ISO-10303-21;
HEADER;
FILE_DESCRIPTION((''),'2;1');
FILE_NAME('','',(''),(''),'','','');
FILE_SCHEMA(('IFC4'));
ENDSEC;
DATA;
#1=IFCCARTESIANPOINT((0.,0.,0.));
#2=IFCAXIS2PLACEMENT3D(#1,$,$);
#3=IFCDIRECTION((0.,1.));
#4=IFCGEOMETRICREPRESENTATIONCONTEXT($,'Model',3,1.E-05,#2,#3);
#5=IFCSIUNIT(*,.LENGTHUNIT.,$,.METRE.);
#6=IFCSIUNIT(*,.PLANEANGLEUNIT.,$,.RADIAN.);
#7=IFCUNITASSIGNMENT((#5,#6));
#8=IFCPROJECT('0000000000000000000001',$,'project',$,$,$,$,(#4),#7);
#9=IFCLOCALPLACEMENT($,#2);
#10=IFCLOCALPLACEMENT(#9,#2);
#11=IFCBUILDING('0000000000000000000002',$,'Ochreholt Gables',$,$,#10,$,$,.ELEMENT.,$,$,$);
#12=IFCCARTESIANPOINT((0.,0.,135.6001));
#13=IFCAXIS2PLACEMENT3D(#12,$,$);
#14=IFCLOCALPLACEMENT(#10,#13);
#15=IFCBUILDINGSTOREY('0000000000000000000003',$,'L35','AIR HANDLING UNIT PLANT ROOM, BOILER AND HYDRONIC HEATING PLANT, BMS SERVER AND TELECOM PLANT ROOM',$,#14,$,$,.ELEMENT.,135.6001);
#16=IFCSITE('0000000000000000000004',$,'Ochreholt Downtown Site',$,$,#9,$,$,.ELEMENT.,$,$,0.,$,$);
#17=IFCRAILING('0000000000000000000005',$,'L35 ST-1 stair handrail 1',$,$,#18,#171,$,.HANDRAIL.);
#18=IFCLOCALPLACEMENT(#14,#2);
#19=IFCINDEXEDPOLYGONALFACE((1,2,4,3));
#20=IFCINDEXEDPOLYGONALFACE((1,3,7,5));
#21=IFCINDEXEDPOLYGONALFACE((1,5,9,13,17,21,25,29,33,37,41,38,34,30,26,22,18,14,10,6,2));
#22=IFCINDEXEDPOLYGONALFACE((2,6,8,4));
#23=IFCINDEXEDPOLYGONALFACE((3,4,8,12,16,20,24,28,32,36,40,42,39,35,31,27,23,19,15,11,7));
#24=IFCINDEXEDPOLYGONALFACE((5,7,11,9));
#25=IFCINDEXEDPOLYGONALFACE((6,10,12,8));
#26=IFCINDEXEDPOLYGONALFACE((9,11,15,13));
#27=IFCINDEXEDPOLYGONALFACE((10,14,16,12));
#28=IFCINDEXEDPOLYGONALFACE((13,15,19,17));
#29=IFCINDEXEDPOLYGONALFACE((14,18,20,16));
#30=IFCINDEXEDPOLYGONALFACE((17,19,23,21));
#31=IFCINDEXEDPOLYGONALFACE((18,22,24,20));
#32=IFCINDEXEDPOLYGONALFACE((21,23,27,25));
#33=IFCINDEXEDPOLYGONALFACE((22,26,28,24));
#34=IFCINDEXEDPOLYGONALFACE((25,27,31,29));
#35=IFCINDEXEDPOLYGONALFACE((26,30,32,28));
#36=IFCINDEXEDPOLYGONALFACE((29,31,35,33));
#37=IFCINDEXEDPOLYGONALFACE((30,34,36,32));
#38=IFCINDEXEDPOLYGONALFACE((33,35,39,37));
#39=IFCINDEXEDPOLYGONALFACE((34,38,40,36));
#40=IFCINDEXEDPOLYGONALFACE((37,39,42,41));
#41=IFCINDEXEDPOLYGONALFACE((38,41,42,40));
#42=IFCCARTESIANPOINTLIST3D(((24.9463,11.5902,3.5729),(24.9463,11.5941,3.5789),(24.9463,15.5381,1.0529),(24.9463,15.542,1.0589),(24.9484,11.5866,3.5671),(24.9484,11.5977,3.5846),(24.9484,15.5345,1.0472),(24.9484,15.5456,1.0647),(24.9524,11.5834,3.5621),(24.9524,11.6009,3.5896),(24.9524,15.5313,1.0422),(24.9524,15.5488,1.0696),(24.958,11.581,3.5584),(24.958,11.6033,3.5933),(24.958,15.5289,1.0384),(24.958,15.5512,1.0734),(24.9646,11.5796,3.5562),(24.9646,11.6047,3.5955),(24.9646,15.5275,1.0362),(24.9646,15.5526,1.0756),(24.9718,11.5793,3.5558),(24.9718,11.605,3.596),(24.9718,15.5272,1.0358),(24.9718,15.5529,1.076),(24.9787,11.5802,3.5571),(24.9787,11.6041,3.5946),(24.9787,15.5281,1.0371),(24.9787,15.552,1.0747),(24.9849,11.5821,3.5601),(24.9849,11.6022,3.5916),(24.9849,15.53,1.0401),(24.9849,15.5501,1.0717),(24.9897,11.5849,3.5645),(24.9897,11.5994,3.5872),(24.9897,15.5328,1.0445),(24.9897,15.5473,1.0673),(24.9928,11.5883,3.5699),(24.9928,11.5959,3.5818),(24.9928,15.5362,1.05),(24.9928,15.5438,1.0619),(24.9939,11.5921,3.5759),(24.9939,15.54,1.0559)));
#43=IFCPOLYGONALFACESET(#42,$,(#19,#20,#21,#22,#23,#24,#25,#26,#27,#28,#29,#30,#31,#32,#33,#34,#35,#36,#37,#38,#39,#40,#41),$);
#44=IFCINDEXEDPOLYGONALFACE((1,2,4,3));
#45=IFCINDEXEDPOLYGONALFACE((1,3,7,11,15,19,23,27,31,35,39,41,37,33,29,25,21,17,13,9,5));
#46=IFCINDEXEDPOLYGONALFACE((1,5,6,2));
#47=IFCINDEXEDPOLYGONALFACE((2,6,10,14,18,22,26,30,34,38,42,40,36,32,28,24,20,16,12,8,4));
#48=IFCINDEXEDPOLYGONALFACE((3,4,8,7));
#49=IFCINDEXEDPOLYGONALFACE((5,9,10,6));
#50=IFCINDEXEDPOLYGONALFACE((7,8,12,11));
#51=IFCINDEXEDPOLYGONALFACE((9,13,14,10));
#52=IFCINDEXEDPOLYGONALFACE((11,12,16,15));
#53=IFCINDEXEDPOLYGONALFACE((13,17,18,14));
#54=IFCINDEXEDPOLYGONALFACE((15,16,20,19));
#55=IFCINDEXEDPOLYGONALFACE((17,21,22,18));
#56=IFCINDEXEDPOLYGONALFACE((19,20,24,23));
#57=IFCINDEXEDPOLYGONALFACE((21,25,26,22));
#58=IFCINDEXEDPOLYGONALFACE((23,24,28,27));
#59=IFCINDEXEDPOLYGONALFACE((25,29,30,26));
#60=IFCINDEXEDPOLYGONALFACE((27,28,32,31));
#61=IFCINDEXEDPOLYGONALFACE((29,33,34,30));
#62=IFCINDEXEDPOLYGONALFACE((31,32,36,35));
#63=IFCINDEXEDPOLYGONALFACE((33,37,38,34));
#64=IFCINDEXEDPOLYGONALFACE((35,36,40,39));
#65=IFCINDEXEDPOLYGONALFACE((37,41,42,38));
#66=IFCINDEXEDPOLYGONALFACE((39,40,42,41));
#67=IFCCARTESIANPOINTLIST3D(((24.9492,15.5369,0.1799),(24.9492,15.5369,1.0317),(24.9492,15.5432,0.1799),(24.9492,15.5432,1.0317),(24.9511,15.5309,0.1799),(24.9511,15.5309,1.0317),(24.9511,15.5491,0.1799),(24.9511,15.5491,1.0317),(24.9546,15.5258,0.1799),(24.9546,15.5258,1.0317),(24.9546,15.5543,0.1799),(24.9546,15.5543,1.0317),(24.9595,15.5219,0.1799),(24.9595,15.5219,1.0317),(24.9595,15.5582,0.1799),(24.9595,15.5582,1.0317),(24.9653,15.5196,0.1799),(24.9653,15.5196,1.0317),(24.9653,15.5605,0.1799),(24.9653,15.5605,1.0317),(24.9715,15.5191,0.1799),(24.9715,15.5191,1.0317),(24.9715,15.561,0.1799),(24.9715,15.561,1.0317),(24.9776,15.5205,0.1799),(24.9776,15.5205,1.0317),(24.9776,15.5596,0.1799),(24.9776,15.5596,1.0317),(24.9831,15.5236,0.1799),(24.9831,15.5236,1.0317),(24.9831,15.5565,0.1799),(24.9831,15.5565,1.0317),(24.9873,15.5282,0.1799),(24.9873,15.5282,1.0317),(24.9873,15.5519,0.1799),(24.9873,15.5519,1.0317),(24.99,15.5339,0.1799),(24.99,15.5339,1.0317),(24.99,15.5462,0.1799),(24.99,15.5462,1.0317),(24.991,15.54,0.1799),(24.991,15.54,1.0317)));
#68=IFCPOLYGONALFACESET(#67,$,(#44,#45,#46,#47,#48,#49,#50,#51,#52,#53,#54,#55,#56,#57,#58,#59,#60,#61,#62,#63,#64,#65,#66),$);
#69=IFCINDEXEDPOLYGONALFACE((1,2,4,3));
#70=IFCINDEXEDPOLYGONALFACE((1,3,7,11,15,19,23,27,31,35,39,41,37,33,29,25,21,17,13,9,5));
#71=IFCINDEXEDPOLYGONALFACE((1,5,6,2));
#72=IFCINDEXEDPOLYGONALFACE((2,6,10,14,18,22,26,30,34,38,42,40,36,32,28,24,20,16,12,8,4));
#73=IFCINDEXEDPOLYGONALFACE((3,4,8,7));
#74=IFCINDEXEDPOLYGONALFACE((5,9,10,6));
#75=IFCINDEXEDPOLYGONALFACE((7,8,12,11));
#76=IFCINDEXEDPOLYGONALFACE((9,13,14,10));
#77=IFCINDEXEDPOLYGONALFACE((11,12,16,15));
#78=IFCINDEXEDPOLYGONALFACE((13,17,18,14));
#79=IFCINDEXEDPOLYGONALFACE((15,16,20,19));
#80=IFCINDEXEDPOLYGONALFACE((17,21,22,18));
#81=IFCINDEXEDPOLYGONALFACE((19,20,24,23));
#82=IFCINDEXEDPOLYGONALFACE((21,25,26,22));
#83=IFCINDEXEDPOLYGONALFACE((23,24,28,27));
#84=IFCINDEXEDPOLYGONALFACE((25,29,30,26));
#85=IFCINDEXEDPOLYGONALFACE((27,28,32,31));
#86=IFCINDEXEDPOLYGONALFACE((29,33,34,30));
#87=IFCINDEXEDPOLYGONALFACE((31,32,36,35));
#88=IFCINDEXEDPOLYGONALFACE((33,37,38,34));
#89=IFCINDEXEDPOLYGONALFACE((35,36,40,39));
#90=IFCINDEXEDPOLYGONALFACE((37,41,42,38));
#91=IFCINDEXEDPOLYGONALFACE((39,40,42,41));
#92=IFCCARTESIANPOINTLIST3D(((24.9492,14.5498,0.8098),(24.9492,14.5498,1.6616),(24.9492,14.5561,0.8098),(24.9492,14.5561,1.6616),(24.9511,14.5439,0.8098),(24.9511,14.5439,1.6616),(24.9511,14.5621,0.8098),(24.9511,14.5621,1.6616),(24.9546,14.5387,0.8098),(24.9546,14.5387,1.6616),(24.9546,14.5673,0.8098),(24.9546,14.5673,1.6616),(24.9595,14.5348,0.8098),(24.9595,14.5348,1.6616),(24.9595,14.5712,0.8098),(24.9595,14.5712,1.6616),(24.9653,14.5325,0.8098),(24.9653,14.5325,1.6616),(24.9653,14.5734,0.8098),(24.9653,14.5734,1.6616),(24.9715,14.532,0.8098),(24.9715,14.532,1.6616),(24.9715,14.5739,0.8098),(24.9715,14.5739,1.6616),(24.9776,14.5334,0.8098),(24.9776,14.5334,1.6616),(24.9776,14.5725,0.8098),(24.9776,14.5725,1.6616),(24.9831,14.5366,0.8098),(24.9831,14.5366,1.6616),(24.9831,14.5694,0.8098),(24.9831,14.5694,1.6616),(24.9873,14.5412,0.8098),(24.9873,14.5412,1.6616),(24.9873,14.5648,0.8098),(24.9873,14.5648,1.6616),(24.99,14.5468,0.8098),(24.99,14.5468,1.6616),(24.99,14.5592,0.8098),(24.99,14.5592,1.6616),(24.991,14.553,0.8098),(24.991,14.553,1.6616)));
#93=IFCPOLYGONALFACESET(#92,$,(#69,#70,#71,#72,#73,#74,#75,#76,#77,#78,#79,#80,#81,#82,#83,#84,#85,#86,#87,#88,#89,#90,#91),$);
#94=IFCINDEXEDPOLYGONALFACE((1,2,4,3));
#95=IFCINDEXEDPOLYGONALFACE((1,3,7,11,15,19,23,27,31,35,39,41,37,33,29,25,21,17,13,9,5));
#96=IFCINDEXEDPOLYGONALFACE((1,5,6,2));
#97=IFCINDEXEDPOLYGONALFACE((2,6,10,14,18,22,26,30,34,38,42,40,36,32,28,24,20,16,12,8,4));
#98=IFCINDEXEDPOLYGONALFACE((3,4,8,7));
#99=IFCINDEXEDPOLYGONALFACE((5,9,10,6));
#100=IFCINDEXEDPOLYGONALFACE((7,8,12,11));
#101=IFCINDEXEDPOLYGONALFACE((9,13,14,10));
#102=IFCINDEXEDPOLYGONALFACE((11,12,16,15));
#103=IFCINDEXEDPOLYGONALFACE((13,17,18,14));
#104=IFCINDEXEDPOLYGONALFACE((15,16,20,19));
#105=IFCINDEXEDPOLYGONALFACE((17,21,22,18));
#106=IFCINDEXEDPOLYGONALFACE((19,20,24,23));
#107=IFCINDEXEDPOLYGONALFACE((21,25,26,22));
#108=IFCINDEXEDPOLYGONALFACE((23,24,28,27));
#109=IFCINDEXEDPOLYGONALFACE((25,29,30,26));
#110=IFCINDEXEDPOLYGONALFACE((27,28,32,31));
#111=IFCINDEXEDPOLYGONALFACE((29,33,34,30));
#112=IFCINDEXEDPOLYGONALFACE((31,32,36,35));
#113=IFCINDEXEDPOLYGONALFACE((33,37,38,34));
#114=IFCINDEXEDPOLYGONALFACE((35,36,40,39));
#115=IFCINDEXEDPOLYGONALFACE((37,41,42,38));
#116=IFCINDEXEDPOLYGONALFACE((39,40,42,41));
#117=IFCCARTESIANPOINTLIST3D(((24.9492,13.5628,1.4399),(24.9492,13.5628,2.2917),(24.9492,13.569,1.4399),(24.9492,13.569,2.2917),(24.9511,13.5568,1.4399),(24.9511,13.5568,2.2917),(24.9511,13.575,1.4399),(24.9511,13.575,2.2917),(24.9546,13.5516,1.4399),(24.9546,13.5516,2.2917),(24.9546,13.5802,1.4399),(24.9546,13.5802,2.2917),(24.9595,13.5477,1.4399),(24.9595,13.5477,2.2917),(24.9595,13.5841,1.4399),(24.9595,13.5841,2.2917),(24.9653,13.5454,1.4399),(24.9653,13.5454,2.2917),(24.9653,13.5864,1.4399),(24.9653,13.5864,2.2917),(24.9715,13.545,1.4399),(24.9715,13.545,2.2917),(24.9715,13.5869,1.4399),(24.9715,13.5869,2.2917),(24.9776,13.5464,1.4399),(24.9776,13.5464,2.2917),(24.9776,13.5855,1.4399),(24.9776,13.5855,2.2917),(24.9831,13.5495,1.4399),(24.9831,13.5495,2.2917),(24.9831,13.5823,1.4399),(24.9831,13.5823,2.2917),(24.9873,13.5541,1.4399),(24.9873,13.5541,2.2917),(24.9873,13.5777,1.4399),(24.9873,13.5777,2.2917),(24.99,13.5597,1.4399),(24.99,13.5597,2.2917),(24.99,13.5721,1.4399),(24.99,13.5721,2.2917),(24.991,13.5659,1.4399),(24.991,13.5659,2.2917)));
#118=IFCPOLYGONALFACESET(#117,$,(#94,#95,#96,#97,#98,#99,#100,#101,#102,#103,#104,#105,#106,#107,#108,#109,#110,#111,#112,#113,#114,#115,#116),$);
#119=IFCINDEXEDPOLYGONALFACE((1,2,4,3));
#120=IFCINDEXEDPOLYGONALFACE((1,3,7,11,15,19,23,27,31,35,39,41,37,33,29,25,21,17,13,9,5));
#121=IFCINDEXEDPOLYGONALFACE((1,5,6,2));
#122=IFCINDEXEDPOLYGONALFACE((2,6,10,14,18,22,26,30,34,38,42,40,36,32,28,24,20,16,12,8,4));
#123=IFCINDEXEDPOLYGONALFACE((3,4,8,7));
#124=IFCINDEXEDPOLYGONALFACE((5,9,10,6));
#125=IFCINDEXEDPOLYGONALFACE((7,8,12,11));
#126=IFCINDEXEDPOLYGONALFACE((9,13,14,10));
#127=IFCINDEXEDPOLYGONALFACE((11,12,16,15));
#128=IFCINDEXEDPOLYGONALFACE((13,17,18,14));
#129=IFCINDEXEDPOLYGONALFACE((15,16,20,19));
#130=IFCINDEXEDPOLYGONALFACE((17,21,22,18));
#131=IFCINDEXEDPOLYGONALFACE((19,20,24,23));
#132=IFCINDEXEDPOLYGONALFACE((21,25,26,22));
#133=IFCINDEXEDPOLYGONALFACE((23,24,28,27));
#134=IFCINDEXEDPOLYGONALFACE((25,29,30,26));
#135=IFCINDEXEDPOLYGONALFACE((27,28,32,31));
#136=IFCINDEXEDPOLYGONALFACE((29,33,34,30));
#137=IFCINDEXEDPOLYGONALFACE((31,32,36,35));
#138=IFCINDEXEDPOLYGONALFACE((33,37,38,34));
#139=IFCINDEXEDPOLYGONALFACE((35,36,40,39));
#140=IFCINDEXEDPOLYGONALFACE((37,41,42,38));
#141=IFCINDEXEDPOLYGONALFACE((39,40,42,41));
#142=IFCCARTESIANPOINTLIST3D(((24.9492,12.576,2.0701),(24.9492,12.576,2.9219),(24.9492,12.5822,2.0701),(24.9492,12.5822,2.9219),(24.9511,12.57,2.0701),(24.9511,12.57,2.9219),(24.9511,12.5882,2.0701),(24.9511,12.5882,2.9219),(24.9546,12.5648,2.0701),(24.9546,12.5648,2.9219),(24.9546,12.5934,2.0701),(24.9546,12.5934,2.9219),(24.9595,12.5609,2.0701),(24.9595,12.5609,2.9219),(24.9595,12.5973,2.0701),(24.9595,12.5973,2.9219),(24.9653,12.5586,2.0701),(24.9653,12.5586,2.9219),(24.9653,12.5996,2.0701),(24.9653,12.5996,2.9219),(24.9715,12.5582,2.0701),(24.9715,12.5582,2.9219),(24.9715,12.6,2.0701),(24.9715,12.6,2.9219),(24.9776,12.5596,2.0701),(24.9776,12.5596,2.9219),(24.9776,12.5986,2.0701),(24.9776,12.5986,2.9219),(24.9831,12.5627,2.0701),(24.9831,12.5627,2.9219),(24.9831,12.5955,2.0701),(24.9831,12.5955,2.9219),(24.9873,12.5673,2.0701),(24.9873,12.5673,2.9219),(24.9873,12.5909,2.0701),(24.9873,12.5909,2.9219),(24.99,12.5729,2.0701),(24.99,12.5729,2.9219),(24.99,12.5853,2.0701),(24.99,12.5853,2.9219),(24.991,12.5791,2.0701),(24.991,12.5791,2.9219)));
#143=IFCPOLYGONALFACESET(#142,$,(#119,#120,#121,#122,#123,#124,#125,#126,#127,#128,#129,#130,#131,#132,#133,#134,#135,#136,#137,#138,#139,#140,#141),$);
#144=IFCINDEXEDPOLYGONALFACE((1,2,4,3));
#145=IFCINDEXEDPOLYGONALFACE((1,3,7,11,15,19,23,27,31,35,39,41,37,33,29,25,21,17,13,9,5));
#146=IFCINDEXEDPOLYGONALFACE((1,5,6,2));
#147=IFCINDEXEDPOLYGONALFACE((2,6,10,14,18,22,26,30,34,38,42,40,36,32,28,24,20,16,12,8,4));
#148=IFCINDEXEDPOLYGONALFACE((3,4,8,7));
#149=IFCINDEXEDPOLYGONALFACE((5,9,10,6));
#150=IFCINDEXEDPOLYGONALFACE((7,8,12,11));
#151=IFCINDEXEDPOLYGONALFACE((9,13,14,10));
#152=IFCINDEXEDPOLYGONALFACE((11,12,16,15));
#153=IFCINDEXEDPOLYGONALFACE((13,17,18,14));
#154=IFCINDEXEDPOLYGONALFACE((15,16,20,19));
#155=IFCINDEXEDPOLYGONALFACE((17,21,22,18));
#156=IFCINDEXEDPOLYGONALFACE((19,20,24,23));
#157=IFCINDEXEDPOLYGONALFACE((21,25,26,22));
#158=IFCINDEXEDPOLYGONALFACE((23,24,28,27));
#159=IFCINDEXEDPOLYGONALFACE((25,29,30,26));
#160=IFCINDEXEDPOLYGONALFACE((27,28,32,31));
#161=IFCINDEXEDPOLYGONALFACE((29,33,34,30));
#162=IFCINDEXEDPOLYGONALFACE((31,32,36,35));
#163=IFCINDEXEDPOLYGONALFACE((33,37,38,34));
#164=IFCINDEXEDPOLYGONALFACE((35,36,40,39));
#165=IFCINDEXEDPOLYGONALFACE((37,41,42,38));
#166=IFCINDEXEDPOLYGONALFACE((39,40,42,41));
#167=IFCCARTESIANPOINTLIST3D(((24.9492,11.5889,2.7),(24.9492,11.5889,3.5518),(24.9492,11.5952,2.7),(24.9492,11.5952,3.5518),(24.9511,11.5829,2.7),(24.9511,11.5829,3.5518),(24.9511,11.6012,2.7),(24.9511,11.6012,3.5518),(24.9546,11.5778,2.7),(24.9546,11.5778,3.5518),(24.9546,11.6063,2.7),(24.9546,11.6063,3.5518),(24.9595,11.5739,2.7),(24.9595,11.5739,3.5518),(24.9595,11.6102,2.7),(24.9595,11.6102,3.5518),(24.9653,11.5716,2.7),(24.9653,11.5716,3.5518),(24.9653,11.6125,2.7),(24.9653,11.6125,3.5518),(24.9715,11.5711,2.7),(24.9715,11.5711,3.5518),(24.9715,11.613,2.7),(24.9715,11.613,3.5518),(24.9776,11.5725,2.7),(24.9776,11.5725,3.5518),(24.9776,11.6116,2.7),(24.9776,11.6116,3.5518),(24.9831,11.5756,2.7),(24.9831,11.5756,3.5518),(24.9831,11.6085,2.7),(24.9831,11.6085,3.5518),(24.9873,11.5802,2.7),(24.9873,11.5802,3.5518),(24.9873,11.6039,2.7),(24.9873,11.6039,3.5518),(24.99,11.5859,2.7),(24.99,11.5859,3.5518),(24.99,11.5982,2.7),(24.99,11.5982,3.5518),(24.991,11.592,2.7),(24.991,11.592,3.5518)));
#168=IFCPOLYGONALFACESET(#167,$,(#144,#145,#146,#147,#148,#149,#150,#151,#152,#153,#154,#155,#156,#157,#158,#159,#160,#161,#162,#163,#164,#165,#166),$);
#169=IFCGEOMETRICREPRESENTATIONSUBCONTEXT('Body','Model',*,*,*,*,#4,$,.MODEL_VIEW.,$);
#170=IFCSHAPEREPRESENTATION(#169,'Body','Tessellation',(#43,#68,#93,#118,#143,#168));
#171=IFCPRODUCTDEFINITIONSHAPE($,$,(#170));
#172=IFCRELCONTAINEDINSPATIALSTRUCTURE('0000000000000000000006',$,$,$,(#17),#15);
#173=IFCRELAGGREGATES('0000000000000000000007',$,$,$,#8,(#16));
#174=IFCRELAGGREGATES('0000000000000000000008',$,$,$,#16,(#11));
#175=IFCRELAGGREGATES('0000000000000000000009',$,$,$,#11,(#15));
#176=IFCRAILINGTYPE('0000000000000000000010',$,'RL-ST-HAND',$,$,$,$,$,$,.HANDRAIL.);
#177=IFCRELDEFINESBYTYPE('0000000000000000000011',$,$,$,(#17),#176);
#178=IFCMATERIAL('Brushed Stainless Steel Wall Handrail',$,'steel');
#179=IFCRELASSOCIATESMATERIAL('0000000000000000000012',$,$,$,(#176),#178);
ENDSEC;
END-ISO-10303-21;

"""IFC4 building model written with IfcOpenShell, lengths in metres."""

from ifc_helpers import new_model, si_unit, direction, frame, origin, origin_2d, place, context, subcontext, project, spatial, circle, extrude, material, type_object, element, save


model = new_model("IFC4")

# Units and contexts
model_context = context("Model", 3, precision=1e-05, world=origin(), true_north=direction((0.0, 1.0)))
body_context = subcontext(model_context, "Body", "Model", "MODEL_VIEW")
ifc_project = project(units=[si_unit("LENGTHUNIT", "METRE"), si_unit("PLANEANGLEUNIT", "RADIAN")], contexts=[model_context])

# Site, building, storey
site_placement = place(None, origin())
site = spatial("IfcSite", under=ifc_project, at=site_placement, Name="Ochreholt Downtown Site", CompositionType="ELEMENT", RefElevation=0.0)
building_placement = place(site_placement, origin())
building = spatial("IfcBuilding", under=site, at=building_placement, Name="Ochreholt Gables", CompositionType="ELEMENT")
storey_placement = place(building_placement, frame((0.0, 0.0, 135.6001)))
storey = spatial("IfcBuildingStorey", under=building, at=storey_placement, Name="L35", Description="AIR HANDLING UNIT PLANT ROOM, BOILER AND HYDRONIC HEATING PLANT, BMS SERVER AND TELECOM PLANT ROOM", CompositionType="ELEMENT", Elevation=135.6001)

# Railing
ifc_material_1 = material(Name="Brushed Stainless Steel Wall Handrail", Category="steel")
railing_type_1 = type_object("IfcRailingType", Name="RL-ST-HAND", PredefinedType="HANDRAIL", material=ifc_material_1)
railing_1_placement = place(storey_placement, frame((24.97, 15.54, 0.1799)))
element("IfcRailing", 1, at=railing_1_placement, inside=storey, type_object=railing_type_1, Name="L35 ST-1 stair handrail 1", PredefinedType="HANDRAIL", context=body_context, shape_type="SweptSolid", body=[
    extrude(circle(Radius=0.0239, at=origin_2d()), frame((0.0, 0.0, 0.876), z_axis=(0.0, -0.84292, 0.538039), x_axis=(1.0, 0.0, 0.0)), (0.0, 0.0, 1.0), 4.6836),
    extrude(circle(Radius=0.021, at=origin_2d()), origin(), (0.0, 0.0, 1.0), 0.8518),
    extrude(circle(Radius=0.021, at=origin_2d()), frame((0.0, -0.9871, 0.6299)), (0.0, 0.0, 1.0), 0.8518),
    extrude(circle(Radius=0.021, at=origin_2d()), frame((0.0, -1.9741, 1.26)), (0.0, 0.0, 1.0), 0.8518),
    extrude(circle(Radius=0.021, at=origin_2d()), frame((0.0, -2.9609, 1.8901)), (0.0, 0.0, 1.0), 0.8518),
    extrude(circle(Radius=0.021, at=origin_2d()), frame((0.0, -3.948, 2.52)), (0.0, 0.0, 1.0), 0.8518),
])

save(model, "model.ifc")
